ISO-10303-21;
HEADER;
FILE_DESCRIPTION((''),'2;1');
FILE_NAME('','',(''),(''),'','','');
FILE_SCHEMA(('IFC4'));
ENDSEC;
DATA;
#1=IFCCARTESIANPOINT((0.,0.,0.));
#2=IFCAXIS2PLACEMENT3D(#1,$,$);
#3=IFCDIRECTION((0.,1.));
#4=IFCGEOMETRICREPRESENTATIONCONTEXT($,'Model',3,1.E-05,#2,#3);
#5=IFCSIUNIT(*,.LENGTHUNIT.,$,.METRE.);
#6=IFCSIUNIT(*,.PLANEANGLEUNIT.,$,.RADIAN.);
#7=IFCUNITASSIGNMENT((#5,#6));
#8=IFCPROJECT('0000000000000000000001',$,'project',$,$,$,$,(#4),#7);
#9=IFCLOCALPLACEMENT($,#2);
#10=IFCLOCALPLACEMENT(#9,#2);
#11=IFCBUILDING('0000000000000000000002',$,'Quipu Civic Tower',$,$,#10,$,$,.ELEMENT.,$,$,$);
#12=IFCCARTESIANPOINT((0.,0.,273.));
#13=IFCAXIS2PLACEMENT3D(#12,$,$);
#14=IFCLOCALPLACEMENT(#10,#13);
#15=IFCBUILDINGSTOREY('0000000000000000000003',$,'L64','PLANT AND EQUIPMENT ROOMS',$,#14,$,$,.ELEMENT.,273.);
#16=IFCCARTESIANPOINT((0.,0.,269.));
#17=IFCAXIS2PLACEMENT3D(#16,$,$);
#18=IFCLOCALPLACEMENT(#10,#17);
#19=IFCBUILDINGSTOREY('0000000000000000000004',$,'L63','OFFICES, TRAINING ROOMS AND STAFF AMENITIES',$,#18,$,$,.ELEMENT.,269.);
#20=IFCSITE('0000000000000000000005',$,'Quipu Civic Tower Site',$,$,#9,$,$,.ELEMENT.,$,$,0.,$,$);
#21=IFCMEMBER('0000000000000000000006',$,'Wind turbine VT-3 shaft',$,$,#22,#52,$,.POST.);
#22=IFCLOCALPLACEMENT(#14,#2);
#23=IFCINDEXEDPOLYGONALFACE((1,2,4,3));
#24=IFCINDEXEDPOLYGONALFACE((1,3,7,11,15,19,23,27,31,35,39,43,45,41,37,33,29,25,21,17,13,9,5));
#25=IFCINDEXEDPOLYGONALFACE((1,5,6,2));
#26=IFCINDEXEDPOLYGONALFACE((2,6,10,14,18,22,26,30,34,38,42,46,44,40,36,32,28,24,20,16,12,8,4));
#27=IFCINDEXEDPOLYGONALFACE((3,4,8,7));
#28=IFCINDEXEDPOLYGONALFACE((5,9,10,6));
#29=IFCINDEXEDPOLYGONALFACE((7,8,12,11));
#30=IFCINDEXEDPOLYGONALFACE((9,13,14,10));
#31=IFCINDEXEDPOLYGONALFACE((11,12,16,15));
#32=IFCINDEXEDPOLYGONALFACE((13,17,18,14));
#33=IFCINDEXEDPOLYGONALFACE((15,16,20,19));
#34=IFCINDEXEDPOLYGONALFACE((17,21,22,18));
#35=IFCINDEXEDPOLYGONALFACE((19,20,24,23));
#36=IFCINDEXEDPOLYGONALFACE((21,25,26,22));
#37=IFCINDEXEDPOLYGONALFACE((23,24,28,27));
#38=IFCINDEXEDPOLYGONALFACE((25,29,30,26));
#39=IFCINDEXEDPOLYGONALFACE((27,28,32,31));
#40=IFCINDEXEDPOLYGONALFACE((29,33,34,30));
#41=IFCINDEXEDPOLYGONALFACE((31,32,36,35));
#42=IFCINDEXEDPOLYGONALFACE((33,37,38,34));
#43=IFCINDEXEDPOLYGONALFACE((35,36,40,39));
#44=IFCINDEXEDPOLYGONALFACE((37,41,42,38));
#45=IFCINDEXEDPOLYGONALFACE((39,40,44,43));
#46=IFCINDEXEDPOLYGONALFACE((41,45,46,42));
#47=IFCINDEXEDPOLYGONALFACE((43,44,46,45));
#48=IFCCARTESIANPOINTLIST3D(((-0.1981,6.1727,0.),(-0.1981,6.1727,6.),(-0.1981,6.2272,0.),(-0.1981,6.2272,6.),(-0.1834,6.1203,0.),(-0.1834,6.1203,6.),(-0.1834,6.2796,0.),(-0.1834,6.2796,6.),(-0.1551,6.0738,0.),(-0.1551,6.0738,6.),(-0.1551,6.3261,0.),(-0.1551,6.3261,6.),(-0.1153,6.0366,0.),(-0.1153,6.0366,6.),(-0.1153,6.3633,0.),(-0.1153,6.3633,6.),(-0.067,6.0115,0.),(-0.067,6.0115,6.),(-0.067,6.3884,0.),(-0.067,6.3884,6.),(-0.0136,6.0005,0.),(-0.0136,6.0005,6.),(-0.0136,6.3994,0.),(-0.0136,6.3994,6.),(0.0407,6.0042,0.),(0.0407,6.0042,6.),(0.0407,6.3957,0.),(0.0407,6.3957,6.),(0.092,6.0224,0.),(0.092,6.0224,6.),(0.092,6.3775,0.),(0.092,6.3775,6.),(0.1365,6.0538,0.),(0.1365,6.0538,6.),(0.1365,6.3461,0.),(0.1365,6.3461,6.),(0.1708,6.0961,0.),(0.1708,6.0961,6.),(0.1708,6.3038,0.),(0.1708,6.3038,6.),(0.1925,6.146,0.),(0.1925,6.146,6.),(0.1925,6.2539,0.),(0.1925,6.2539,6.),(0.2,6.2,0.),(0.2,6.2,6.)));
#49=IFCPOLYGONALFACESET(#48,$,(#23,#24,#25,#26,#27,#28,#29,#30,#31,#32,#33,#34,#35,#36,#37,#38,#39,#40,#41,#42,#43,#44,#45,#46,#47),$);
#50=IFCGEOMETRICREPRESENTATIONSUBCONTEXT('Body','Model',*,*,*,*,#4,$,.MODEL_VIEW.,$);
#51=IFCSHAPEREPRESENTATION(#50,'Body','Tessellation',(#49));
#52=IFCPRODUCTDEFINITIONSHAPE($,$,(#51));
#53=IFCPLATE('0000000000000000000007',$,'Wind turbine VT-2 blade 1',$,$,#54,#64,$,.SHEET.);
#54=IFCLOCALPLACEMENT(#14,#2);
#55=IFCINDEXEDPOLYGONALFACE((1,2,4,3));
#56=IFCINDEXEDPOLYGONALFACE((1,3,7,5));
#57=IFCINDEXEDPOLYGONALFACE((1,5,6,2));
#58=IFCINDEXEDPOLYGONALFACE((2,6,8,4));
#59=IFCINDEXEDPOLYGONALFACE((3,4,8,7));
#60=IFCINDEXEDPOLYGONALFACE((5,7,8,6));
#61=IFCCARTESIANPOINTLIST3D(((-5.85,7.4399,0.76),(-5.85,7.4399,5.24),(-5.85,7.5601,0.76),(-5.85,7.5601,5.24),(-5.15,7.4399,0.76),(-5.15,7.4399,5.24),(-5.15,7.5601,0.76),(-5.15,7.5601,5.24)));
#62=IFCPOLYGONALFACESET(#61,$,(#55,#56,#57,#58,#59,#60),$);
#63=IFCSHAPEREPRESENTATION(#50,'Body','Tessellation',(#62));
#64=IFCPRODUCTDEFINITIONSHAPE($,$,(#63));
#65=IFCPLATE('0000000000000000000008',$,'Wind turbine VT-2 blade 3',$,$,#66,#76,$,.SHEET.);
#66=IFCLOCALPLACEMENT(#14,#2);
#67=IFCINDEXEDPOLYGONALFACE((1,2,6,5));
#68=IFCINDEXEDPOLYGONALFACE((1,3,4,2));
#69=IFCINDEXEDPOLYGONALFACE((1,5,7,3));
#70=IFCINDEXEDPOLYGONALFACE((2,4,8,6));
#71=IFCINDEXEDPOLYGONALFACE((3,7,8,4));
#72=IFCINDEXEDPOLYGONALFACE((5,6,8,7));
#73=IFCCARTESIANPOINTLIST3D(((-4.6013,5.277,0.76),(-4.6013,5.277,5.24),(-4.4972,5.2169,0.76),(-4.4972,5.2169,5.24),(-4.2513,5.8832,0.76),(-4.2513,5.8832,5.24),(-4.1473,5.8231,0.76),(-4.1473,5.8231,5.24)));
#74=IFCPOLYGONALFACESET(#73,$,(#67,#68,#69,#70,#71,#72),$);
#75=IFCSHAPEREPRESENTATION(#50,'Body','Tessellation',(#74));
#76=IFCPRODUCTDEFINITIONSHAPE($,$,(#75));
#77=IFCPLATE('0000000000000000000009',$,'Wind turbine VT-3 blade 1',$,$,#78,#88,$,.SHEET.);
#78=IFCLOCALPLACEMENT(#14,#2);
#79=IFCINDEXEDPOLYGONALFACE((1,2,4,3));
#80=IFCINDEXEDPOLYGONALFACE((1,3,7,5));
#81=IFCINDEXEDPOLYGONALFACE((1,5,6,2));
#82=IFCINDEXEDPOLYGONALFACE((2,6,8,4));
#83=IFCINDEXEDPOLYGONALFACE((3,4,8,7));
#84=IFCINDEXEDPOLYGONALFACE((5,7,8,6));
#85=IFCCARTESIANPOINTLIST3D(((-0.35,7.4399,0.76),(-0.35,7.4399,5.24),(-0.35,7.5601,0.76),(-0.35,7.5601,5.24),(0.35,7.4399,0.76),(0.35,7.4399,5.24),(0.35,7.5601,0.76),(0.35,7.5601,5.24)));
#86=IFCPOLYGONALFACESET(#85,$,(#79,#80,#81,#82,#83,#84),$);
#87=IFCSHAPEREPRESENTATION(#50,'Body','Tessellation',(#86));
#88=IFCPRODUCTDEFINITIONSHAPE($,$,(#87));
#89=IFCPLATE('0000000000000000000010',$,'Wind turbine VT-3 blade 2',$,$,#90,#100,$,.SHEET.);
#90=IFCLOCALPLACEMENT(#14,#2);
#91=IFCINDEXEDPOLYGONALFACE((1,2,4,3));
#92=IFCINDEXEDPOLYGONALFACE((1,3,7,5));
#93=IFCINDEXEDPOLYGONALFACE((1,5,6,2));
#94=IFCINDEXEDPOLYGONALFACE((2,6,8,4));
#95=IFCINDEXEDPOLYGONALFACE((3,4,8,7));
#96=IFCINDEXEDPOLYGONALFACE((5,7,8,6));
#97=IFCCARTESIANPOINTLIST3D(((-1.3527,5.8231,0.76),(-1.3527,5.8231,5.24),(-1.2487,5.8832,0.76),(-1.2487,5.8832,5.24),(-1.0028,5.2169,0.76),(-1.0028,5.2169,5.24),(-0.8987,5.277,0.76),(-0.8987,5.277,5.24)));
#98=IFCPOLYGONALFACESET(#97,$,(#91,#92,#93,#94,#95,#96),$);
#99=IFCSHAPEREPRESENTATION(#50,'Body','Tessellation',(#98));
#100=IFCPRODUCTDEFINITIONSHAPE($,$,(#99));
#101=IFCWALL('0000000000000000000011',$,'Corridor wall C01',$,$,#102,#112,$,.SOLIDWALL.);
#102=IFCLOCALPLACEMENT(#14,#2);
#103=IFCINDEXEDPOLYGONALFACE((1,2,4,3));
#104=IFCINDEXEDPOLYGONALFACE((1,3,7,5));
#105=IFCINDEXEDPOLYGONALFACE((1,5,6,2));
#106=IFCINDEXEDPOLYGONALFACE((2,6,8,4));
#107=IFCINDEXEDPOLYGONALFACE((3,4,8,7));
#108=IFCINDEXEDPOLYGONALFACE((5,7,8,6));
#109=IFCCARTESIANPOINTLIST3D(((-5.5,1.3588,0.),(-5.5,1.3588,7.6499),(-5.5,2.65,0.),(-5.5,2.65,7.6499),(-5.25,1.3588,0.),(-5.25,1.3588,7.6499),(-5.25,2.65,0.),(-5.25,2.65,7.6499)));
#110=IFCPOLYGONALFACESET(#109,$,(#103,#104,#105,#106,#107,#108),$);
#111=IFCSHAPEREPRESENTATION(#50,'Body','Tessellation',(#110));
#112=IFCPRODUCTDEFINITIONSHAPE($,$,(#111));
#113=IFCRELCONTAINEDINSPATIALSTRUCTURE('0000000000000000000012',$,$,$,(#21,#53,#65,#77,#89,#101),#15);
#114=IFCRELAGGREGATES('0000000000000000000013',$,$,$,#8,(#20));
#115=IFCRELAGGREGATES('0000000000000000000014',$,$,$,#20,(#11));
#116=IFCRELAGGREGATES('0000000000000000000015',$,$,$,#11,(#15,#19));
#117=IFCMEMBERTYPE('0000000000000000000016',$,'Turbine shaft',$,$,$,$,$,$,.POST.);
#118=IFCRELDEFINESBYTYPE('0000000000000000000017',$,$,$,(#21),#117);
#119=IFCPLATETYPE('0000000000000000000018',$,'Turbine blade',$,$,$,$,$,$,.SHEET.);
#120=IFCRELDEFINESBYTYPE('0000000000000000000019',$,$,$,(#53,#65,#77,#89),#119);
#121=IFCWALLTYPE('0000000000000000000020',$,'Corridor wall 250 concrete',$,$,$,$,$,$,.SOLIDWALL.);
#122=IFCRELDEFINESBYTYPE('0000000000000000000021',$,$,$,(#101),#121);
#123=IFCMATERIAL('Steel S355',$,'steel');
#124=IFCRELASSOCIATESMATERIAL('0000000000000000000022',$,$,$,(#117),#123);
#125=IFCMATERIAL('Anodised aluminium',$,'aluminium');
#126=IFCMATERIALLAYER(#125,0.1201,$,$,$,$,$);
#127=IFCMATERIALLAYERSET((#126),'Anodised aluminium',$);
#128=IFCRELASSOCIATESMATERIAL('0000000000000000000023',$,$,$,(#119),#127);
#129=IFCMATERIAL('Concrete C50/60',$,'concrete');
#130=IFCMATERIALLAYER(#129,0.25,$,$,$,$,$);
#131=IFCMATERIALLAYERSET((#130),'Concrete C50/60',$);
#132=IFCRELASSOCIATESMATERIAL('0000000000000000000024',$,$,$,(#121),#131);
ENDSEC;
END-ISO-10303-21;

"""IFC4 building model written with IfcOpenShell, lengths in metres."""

from ifc_helpers import new_model, si_unit, direction, frame, frame_2d, origin, origin_2d, place, context, subcontext, project, spatial, rectangle, circle, extrude, material, layer, layer_set, material_profile, profile_set, type_object, element, save


model = new_model("IFC4")

# Units and contexts
model_context = context("Model", 3, precision=1e-05, world=origin(), true_north=direction((0.0, 1.0)))
body_context = subcontext(model_context, "Body", "Model", "MODEL_VIEW")
ifc_project = project(units=[si_unit("LENGTHUNIT", "METRE"), si_unit("PLANEANGLEUNIT", "RADIAN")], contexts=[model_context])

# Site, building, storey
site_placement = place(None, origin())
site = spatial("IfcSite", under=ifc_project, at=site_placement, Name="Quipu Civic Tower Site", CompositionType="ELEMENT", RefElevation=0.0)
building_placement = place(site_placement, origin())
building = spatial("IfcBuilding", under=site, at=building_placement, Name="Quipu Civic Tower", CompositionType="ELEMENT")
storey_1_placement = place(building_placement, frame((0.0, 0.0, 273.0)))
storey_1 = spatial("IfcBuildingStorey", under=building, at=storey_1_placement, Name="L64", Description="PLANT AND EQUIPMENT ROOMS", CompositionType="ELEMENT", Elevation=273.0)

# Shared definitions
storey_2_placement = place(building_placement, frame((0.0, 0.0, 269.0)))
storey_2 = spatial("IfcBuildingStorey", under=building, at=storey_2_placement, Name="L63", Description="OFFICES, TRAINING ROOMS AND STAFF AMENITIES", CompositionType="ELEMENT", Elevation=269.0)

# Member
ifc_material_1 = material(Name="Steel S355", Category="steel")
ifc_material_profile_1 = material_profile(ifc_material_1, circle(Radius=0.2, at=origin_2d()), Name="CIRCLE 400")
ifc_profile_set_1 = profile_set([ifc_material_profile_1], Name="Steel S355")
member_type_1 = type_object("IfcMemberType", Name="Turbine shaft", PredefinedType="POST", material=ifc_profile_set_1)
for number, where, z_axis, x_axis, name in (
    (1, (0.0, 6.2, 0.0), (0.0, 0.0, 1.0), (1.0, 0.0, 0.0), "Wind turbine VT-3 shaft"),
):
    element("IfcMember", number, at=place(storey_1_placement, frame(where, z_axis=z_axis, x_axis=x_axis)), inside=storey_1, type_object=member_type_1, Name=name, PredefinedType="POST", context=body_context, shape_type="SweptSolid", body=[
        extrude(circle(Radius=0.2, at=origin_2d()), origin(), (0.0, 0.0, 1.0), 6.0),
    ])

# Plates
ifc_material_2 = material(Name="Anodised aluminium", Category="aluminium")
ifc_layer_1 = layer(ifc_material_2, 0.1201)
ifc_layer_set_1 = layer_set([ifc_layer_1], Name="Anodised aluminium")
plate_type = type_object("IfcPlateType", Name="Turbine blade", PredefinedType="SHEET", material=ifc_layer_set_1)
for number, where, z_axis, x_axis, name in (
    (2, (-5.5, 7.5, 0.76), (0.0, 0.0, 1.0), (-1.0, 0.0, 0.0), "Wind turbine VT-2 blade 1"),
    (3, (-4.3743, 5.55, 0.76), (0.0, 0.0, 1.0), (0.5, 0.866025, 0.0), "Wind turbine VT-2 blade 3"),
    (4, (0.0, 7.5, 0.76), (0.0, 0.0, 1.0), (-1.0, 0.0, 0.0), "Wind turbine VT-3 blade 1"),
    (5, (-1.1257, 5.55, 0.76), (0.0, 0.0, 1.0), (0.5, -0.866025, 0.0), "Wind turbine VT-3 blade 2"),
):
    element("IfcPlate", number, at=place(storey_1_placement, frame(where, z_axis=z_axis, x_axis=x_axis)), inside=storey_1, type_object=plate_type, Name=name, PredefinedType="SHEET", context=body_context, shape_type="SweptSolid", body=[
        extrude(rectangle(XDim=0.7, YDim=0.1201, at=origin_2d()), origin(), (0.0, 0.0, 1.0), 4.48),
    ])

# Wall
ifc_material_3 = material(Name="Concrete C50/60", Category="concrete")
ifc_layer_2 = layer(ifc_material_3, 0.25)
ifc_layer_set_2 = layer_set([ifc_layer_2], Name="Concrete C50/60")
wall_type = type_object("IfcWallType", Name="Corridor wall 250 concrete", PredefinedType="SOLIDWALL", material=ifc_layer_set_2)
wall_placement = place(storey_1_placement, frame((-5.375, 2.6499, 0.0), z_axis=(0.0, 0.0, 1.0), x_axis=(0.0, -1.0, 0.0)))
element("IfcWall", 6, at=wall_placement, inside=storey_1, type_object=wall_type, Name="Corridor wall C01", PredefinedType="SOLIDWALL", context=body_context, shape_type="SweptSolid", body=[
    extrude(rectangle(XDim=1.2913, YDim=0.25, at=frame_2d((0.6455, 0.0))), origin(), (0.0, 0.0, 1.0), 7.6499),
])

save(model, "model.ifc")
